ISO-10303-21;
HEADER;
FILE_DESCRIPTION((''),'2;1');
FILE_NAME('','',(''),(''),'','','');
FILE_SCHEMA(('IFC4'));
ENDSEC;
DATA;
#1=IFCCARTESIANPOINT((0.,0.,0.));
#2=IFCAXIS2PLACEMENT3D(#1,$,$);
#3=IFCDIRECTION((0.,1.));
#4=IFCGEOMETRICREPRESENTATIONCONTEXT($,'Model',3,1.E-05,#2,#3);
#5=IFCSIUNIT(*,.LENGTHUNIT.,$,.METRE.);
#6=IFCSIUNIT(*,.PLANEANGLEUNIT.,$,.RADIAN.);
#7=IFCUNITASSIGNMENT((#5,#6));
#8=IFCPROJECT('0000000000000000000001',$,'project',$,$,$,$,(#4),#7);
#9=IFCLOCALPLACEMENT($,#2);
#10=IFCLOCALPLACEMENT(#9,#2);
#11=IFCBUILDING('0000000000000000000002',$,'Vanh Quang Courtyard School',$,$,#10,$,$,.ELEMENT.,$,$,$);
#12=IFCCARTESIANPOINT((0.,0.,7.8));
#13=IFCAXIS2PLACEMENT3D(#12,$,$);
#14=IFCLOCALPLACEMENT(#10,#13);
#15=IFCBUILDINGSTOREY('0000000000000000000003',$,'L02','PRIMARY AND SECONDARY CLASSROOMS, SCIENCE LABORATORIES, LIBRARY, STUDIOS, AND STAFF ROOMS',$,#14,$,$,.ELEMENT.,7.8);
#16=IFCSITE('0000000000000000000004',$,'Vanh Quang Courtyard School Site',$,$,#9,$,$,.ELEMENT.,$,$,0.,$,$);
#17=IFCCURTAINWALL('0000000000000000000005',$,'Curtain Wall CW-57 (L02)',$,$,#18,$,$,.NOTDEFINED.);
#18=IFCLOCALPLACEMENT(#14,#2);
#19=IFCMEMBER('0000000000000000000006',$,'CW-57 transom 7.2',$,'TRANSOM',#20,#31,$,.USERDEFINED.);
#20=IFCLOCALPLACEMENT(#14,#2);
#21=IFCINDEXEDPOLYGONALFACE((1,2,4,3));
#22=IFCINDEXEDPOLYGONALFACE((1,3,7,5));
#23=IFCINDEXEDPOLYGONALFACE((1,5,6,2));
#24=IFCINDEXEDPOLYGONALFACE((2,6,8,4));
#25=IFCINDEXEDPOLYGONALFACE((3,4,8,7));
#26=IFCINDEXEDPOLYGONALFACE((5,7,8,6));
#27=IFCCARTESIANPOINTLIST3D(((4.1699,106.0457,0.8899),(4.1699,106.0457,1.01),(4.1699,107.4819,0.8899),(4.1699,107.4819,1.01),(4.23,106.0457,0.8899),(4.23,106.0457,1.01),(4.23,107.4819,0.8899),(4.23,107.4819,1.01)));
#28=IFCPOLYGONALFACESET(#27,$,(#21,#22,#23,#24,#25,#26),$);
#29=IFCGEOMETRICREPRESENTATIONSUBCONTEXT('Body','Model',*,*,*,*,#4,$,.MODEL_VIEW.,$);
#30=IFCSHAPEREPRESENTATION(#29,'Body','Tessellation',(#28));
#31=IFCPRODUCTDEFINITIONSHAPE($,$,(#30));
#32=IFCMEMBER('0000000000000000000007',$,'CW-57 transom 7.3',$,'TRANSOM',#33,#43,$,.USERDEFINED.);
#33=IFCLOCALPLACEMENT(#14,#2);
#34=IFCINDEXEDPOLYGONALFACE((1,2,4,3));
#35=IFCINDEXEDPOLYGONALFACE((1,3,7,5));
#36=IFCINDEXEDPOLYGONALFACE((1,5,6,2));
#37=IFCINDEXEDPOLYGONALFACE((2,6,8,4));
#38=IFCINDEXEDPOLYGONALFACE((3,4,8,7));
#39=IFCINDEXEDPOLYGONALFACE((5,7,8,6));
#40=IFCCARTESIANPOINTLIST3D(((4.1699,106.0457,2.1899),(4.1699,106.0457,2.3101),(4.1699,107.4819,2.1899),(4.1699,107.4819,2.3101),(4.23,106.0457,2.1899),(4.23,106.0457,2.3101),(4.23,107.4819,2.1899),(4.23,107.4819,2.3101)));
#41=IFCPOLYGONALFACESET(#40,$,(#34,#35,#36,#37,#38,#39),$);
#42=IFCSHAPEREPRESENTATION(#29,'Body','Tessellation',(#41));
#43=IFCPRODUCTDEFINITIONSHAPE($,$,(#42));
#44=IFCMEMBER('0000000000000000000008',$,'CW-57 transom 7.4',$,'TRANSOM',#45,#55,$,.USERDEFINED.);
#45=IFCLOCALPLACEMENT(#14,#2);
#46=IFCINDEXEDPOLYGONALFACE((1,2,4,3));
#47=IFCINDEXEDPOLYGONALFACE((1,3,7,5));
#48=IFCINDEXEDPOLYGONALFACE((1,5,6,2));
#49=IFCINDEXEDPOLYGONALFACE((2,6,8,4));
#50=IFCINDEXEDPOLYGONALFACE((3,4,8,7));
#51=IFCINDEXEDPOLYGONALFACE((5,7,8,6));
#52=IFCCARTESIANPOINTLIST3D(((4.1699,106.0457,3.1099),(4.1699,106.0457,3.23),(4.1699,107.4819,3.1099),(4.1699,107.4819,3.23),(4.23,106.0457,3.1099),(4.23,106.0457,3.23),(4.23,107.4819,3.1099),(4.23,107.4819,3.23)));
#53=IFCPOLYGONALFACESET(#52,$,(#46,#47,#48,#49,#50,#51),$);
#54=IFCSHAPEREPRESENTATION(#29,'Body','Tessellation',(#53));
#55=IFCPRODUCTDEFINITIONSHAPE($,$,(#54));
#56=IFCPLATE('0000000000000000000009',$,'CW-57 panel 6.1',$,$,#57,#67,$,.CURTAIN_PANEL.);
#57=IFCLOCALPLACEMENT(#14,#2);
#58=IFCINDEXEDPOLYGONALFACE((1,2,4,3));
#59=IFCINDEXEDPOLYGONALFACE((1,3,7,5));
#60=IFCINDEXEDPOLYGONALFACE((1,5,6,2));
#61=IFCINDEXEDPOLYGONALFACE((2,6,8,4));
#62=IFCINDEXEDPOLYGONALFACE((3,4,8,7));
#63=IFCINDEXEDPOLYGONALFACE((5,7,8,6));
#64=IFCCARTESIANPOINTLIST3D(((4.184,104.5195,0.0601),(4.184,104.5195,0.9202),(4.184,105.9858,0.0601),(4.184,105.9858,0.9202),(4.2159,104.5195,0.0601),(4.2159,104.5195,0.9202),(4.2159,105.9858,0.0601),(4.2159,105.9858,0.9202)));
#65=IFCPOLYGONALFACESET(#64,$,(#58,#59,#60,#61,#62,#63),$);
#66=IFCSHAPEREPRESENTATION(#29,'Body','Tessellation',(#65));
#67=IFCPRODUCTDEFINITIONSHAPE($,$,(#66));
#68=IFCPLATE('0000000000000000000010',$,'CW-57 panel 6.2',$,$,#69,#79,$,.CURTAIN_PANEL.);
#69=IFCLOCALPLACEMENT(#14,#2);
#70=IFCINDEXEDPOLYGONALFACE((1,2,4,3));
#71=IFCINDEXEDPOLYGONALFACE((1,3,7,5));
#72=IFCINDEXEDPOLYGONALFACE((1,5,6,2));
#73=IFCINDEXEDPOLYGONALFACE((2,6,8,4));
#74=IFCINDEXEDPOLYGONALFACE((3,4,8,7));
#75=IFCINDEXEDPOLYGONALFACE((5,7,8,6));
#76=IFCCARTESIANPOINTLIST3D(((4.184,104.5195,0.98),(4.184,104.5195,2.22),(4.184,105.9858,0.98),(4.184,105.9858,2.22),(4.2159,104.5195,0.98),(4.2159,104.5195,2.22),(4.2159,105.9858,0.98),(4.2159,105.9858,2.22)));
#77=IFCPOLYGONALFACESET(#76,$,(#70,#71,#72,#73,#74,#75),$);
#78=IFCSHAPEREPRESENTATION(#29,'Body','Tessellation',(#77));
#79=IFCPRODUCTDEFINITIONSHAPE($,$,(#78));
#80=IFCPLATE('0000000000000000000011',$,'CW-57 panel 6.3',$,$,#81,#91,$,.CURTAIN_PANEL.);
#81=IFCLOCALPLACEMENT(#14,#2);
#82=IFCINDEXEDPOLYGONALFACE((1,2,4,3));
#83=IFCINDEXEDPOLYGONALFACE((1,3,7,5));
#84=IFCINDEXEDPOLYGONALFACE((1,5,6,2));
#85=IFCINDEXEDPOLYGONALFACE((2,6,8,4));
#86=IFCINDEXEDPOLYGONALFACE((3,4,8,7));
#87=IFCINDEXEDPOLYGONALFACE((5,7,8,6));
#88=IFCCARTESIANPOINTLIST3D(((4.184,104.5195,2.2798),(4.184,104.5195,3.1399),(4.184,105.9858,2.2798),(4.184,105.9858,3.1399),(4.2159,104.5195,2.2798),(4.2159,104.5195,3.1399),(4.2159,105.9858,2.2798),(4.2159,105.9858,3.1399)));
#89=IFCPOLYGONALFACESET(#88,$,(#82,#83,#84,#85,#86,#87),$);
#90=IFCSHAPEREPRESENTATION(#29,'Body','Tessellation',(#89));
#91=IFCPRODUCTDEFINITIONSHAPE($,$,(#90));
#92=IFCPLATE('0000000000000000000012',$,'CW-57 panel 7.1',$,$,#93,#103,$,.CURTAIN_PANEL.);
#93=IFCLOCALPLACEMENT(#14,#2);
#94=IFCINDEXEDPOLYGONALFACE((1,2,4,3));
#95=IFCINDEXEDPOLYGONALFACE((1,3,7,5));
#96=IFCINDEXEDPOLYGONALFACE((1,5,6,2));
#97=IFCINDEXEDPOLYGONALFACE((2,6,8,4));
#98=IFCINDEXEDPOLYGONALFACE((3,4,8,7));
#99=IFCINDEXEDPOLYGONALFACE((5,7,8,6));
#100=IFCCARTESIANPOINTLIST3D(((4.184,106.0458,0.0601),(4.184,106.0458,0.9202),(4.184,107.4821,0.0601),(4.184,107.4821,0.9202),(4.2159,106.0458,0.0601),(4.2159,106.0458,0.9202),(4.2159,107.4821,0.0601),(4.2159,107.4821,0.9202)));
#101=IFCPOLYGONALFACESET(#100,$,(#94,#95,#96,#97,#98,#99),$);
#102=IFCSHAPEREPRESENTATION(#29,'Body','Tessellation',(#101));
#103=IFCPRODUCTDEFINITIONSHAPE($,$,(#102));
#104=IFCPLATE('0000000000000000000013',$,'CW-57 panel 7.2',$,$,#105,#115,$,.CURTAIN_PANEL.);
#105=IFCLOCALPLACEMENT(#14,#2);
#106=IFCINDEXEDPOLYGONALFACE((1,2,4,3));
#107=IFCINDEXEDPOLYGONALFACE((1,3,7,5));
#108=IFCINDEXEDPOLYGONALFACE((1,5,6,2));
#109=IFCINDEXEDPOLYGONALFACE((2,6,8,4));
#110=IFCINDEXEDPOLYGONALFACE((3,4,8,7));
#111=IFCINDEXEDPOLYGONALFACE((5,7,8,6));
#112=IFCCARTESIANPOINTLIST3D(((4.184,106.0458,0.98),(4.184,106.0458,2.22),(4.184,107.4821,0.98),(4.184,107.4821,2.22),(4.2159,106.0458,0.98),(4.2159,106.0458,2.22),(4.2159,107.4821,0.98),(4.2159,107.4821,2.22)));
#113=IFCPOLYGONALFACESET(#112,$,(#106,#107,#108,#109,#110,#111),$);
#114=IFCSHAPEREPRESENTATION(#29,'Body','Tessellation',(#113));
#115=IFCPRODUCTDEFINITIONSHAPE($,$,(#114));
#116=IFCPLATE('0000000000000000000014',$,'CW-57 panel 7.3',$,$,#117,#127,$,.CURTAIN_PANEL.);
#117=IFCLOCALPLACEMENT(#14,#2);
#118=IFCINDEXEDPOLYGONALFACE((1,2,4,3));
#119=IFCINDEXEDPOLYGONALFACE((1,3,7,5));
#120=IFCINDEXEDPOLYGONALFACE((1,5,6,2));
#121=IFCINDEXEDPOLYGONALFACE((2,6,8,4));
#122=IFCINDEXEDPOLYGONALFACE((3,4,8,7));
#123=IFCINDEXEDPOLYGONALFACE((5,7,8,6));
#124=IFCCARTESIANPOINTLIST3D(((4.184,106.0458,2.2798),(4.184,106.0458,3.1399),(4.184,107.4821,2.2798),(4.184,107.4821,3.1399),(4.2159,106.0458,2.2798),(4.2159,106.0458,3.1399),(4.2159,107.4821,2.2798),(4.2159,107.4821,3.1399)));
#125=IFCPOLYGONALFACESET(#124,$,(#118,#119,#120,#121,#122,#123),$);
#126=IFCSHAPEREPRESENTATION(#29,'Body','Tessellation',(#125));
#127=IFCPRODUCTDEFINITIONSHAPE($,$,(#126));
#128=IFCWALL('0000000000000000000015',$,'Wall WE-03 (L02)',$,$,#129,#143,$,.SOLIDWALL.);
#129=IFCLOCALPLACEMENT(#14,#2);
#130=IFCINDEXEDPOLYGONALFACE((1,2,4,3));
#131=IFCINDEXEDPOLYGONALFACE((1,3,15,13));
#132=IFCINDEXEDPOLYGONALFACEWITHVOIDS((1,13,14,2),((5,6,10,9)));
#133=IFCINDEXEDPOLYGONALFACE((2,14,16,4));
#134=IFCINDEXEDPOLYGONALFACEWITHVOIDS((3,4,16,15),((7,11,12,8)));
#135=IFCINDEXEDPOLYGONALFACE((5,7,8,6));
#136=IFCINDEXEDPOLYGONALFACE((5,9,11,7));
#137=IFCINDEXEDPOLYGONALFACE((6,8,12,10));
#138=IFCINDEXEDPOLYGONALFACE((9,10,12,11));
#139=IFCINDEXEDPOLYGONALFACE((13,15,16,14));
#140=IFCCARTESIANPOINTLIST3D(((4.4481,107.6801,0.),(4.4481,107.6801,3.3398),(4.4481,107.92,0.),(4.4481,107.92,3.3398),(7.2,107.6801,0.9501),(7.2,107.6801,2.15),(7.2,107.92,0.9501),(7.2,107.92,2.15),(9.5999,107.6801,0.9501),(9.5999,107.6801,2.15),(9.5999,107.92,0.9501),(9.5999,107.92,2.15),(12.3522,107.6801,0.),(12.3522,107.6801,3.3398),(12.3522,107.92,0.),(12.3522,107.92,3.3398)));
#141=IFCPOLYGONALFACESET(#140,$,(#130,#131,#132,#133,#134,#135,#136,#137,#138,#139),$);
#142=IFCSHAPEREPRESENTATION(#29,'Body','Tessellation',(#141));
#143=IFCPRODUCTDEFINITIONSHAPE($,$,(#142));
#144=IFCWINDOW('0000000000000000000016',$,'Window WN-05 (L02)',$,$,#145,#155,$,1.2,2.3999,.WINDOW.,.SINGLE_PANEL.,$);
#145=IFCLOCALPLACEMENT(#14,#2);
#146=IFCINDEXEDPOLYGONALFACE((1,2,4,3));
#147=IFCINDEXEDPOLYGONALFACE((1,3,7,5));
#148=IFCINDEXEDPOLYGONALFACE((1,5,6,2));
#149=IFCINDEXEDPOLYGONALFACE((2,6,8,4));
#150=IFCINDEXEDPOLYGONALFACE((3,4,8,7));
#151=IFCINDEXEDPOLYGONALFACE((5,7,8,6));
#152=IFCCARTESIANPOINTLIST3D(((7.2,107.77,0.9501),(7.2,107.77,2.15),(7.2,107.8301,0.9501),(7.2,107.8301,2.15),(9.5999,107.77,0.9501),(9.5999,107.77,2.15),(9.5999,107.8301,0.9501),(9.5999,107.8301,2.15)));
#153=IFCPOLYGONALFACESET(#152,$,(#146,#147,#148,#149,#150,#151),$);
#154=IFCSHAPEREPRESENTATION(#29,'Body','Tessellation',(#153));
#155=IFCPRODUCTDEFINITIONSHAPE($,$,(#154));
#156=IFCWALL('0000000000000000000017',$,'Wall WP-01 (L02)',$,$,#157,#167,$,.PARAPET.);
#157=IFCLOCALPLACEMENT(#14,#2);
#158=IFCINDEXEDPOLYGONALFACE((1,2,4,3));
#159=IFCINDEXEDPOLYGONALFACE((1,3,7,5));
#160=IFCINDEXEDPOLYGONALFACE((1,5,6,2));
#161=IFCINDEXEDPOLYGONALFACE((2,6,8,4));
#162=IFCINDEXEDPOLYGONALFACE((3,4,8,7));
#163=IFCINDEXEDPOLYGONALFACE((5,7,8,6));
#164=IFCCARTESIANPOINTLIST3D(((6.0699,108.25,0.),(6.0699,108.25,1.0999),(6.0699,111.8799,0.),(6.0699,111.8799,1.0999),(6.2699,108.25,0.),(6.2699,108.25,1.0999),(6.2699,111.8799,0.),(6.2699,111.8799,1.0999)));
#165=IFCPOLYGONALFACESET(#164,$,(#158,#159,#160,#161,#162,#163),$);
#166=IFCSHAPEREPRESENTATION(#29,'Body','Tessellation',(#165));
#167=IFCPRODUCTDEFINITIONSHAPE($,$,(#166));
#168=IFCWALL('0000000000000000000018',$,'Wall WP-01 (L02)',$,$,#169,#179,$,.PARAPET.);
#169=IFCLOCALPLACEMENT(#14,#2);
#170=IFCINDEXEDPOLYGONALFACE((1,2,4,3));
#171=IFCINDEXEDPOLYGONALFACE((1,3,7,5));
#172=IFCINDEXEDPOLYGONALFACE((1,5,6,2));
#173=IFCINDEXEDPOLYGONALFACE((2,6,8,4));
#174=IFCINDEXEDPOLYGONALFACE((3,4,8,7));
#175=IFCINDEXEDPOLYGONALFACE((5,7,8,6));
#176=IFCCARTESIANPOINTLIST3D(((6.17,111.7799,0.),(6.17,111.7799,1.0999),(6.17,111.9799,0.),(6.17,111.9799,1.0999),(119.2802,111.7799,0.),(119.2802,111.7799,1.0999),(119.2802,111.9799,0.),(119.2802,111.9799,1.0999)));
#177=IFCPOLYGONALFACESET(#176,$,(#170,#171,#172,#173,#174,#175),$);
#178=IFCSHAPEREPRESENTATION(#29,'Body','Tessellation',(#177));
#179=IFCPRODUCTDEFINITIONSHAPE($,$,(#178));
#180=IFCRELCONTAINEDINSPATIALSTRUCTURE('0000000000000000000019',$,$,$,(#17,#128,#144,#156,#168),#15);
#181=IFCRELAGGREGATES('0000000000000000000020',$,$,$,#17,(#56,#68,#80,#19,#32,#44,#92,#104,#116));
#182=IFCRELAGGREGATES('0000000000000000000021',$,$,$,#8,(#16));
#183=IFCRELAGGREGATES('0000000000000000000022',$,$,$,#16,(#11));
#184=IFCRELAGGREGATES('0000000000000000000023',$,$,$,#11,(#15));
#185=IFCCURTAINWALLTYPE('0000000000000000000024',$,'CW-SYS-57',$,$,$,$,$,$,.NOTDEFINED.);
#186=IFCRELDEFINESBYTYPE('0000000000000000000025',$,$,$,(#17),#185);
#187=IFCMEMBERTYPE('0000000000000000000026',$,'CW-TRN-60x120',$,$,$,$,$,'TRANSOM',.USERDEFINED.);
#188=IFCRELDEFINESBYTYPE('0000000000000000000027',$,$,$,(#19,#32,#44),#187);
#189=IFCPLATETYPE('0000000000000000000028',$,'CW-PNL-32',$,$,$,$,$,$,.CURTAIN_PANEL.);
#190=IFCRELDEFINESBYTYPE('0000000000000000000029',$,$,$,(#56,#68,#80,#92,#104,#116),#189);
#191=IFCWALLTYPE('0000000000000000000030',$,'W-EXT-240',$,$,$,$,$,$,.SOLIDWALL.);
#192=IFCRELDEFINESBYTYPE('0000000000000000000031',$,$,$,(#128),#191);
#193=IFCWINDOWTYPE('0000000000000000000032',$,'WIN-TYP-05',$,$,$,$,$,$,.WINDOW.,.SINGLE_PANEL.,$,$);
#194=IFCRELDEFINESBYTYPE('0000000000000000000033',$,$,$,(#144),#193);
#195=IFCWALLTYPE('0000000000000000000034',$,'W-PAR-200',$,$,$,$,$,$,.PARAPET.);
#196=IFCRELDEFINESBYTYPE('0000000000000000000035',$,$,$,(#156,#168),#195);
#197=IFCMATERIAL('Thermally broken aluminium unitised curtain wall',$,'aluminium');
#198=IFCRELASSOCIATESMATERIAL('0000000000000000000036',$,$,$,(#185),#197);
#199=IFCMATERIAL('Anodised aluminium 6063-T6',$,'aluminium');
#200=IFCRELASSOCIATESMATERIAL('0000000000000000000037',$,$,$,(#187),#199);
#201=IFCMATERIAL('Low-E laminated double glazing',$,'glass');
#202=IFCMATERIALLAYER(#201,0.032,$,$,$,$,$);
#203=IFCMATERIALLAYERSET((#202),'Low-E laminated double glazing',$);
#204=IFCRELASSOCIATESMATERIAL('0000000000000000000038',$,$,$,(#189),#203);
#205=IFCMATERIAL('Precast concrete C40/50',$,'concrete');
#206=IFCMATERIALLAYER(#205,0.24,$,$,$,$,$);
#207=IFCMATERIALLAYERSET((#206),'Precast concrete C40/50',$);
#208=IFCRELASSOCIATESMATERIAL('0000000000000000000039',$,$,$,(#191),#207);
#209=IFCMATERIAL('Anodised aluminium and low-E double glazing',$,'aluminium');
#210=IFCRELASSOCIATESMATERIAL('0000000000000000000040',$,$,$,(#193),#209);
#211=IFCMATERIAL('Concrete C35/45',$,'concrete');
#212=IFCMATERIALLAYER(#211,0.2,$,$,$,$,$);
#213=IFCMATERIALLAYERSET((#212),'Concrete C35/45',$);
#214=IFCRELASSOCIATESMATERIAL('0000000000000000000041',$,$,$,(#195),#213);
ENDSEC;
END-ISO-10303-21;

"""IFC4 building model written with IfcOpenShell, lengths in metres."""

from ifc_helpers import new_model, si_unit, direction, frame, frame_2d, origin, origin_2d, place, context, subcontext, project, spatial, rectangle, extrude, material, layer, layer_set, material_profile, profile_set, type_object, element, fill, aggregate, save


model = new_model("IFC4")

# Units and contexts
model_context = context("Model", 3, precision=1e-05, world=origin(), true_north=direction((0.0, 1.0)))
body_context = subcontext(model_context, "Body", "Model", "MODEL_VIEW")
ifc_project = project(units=[si_unit("LENGTHUNIT", "METRE"), si_unit("PLANEANGLEUNIT", "RADIAN")], contexts=[model_context])

# Site, building, storey
site_placement = place(None, origin())
site = spatial("IfcSite", under=ifc_project, at=site_placement, Name="Vanh Quang Courtyard School Site", CompositionType="ELEMENT", RefElevation=0.0)
building_placement = place(site_placement, origin())
building = spatial("IfcBuilding", under=site, at=building_placement, Name="Vanh Quang Courtyard School", CompositionType="ELEMENT")
storey_placement = place(building_placement, frame((0.0, 0.0, 7.8)))
storey = spatial("IfcBuildingStorey", under=building, at=storey_placement, Name="L02", Description="PRIMARY AND SECONDARY CLASSROOMS, SCIENCE LABORATORIES, LIBRARY, STUDIOS, AND STAFF ROOMS", CompositionType="ELEMENT", Elevation=7.8)

# Shared definitions
ifc_material_1 = material(Name="Concrete C35/45", Category="concrete")

# Curtain wall, members, plates
ifc_material_2 = material(Name="Thermally broken aluminium unitised curtain wall", Category="aluminium")
curtain_wall_type = type_object("IfcCurtainWallType", Name="CW-SYS-57", PredefinedType="NOTDEFINED", material=ifc_material_2)
curtain_wall_placement = place(storey_placement, origin())
curtain_wall = element("IfcCurtainWall", 1, at=curtain_wall_placement, inside=storey, type_object=curtain_wall_type, Name="Curtain Wall CW-57 (L02)", PredefinedType="NOTDEFINED")
ifc_material_3 = material(Name="Anodised aluminium 6063-T6", Category="aluminium")
ifc_material_profile_1 = material_profile(ifc_material_3, rectangle(XDim=0.0601, YDim=0.1201, at=origin_2d()), Name="ALU-TRN 60x120")
ifc_profile_set_1 = profile_set([ifc_material_profile_1], Name="Anodised aluminium 6063-T6")
member_type_1 = type_object("IfcMemberType", Name="CW-TRN-60x120", ElementType="TRANSOM", PredefinedType="USERDEFINED", material=ifc_profile_set_1)
member_1_placement = place(storey_placement, frame((4.2, 106.0457, 0.95), z_axis=(0.0, 1.0, 0.0), x_axis=(-1.0, 0.0, 0.0)))
member_1 = element("IfcMember", 2, at=member_1_placement, type_object=member_type_1, Name="CW-57 transom 7.2", ObjectType="TRANSOM", PredefinedType="USERDEFINED", context=body_context, shape_type="SweptSolid", body=[
    extrude(rectangle(XDim=0.0601, YDim=0.1201, at=origin_2d()), origin(), (0.0, 0.0, 1.0), 1.4363),
])
member_2_placement = place(storey_placement, frame((4.2, 106.0457, 2.25), z_axis=(0.0, 1.0, 0.0), x_axis=(-1.0, 0.0, 0.0)))
member_2 = element("IfcMember", 3, at=member_2_placement, type_object=member_type_1, Name="CW-57 transom 7.3", ObjectType="TRANSOM", PredefinedType="USERDEFINED", context=body_context, shape_type="SweptSolid", body=[
    extrude(rectangle(XDim=0.0601, YDim=0.1201, at=origin_2d()), origin(), (0.0, 0.0, 1.0), 1.4363),
])
member_3_placement = place(storey_placement, frame((4.2, 106.0457, 3.1699), z_axis=(0.0, 1.0, 0.0), x_axis=(-1.0, 0.0, 0.0)))
member_3 = element("IfcMember", 4, at=member_3_placement, type_object=member_type_1, Name="CW-57 transom 7.4", ObjectType="TRANSOM", PredefinedType="USERDEFINED", context=body_context, shape_type="SweptSolid", body=[
    extrude(rectangle(XDim=0.0601, YDim=0.1201, at=origin_2d()), origin(), (0.0, 0.0, 1.0), 1.4363),
])
ifc_material_4 = material(Name="Low-E laminated double glazing", Category="glass")
ifc_layer_1 = layer(ifc_material_4, 0.032)
ifc_layer_set_1 = layer_set([ifc_layer_1], Name="Low-E laminated double glazing")
plate_type = type_object("IfcPlateType", Name="CW-PNL-32", PredefinedType="CURTAIN_PANEL", material=ifc_layer_set_1)
plate_1_placement = place(storey_placement, frame((4.2, 105.2527, 0.0601), z_axis=(0.0, 0.0, 1.0), x_axis=(0.0, 1.0, 0.0)))
plate_1 = element("IfcPlate", 5, at=plate_1_placement, type_object=plate_type, Name="CW-57 panel 6.1", PredefinedType="CURTAIN_PANEL", context=body_context, shape_type="SweptSolid", body=[
    extrude(rectangle(XDim=1.4663, YDim=0.032, at=origin_2d()), origin(), (0.0, 0.0, 1.0), 0.8601),
])
plate_2_placement = place(storey_placement, frame((4.2, 105.2527, 0.98), z_axis=(0.0, 0.0, 1.0), x_axis=(0.0, 1.0, 0.0)))
plate_2 = element("IfcPlate", 6, at=plate_2_placement, type_object=plate_type, Name="CW-57 panel 6.2", PredefinedType="CURTAIN_PANEL", context=body_context, shape_type="SweptSolid", body=[
    extrude(rectangle(XDim=1.4663, YDim=0.032, at=origin_2d()), origin(), (0.0, 0.0, 1.0), 1.24),
])
plate_3_placement = place(storey_placement, frame((4.2, 105.2527, 2.2798), z_axis=(0.0, 0.0, 1.0), x_axis=(0.0, 1.0, 0.0)))
plate_3 = element("IfcPlate", 7, at=plate_3_placement, type_object=plate_type, Name="CW-57 panel 6.3", PredefinedType="CURTAIN_PANEL", context=body_context, shape_type="SweptSolid", body=[
    extrude(rectangle(XDim=1.4663, YDim=0.032, at=origin_2d()), origin(), (0.0, 0.0, 1.0), 0.8601),
])
plate_4_placement = place(storey_placement, frame((4.2, 106.7639, 0.0601), z_axis=(0.0, 0.0, 1.0), x_axis=(0.0, 1.0, 0.0)))
plate_4 = element("IfcPlate", 8, at=plate_4_placement, type_object=plate_type, Name="CW-57 panel 7.1", PredefinedType="CURTAIN_PANEL", context=body_context, shape_type="SweptSolid", body=[
    extrude(rectangle(XDim=1.4363, YDim=0.032, at=origin_2d()), origin(), (0.0, 0.0, 1.0), 0.8601),
])
plate_5_placement = place(storey_placement, frame((4.2, 106.7639, 0.98), z_axis=(0.0, 0.0, 1.0), x_axis=(0.0, 1.0, 0.0)))
plate_5 = element("IfcPlate", 9, at=plate_5_placement, type_object=plate_type, Name="CW-57 panel 7.2", PredefinedType="CURTAIN_PANEL", context=body_context, shape_type="SweptSolid", body=[
    extrude(rectangle(XDim=1.4363, YDim=0.032, at=origin_2d()), origin(), (0.0, 0.0, 1.0), 1.24),
])
plate_6_placement = place(storey_placement, frame((4.2, 106.7639, 2.2798), z_axis=(0.0, 0.0, 1.0), x_axis=(0.0, 1.0, 0.0)))
plate_6 = element("IfcPlate", 10, at=plate_6_placement, type_object=plate_type, Name="CW-57 panel 7.3", PredefinedType="CURTAIN_PANEL", context=body_context, shape_type="SweptSolid", body=[
    extrude(rectangle(XDim=1.4363, YDim=0.032, at=origin_2d()), origin(), (0.0, 0.0, 1.0), 0.8601),
])
aggregate(curtain_wall, [plate_1, plate_2, plate_3, member_1, member_2, member_3, plate_4, plate_5, plate_6])

# Wall, opening, window
ifc_material_5 = material(Name="Precast concrete C40/50", Category="concrete")
ifc_layer_2 = layer(ifc_material_5, 0.24)
ifc_layer_set_2 = layer_set([ifc_layer_2], Name="Precast concrete C40/50")
wall_type_1 = type_object("IfcWallType", Name="W-EXT-240", PredefinedType="SOLIDWALL", material=ifc_layer_set_2)
wall_1_placement = place(storey_placement, frame((4.448, 107.8, 0.0), z_axis=(0.0, 0.0, 1.0), x_axis=(1.0, 0.0, 0.0)))
wall_1 = element("IfcWall", 11, at=wall_1_placement, inside=storey, type_object=wall_type_1, Name="Wall WE-03 (L02)", PredefinedType="SOLIDWALL", context=body_context, shape_type="SweptSolid", body=[
    extrude(rectangle(XDim=7.9041, YDim=0.24, at=frame_2d((3.9521, 0.0))), origin(), (0.0, 0.0, 1.0), 3.3398),
])
opening_placement = place(wall_1_placement, frame((2.752, 0.0, 0.95)))
opening = element("IfcOpeningElement", 12, at=opening_placement, cuts=wall_1, PredefinedType="OPENING", context=body_context, shape_type="SweptSolid", body=[
    extrude(rectangle(XDim=2.3999, YDim=1.2, at=frame_2d((1.2, 0.6001))), frame((0.0, 0.1299, 0.0), z_axis=(0.0, -1.0, 0.0), x_axis=(1.0, 0.0, 0.0)), (0.0, 0.0, 1.0), 0.26),
])
ifc_material_6 = material(Name="Anodised aluminium and low-E double glazing", Category="aluminium")
window_type = type_object("IfcWindowType", Name="WIN-TYP-05", PartitioningType="SINGLE_PANEL", PredefinedType="WINDOW", material=ifc_material_6)
window_placement = place(opening_placement, origin())
window = element("IfcWindow", 13, at=window_placement, inside=storey, type_object=window_type, Name="Window WN-05 (L02)", OverallHeight=1.2, OverallWidth=2.3999, PartitioningType="SINGLE_PANEL", PredefinedType="WINDOW", context=body_context, shape_type="SweptSolid", body=[
    extrude(rectangle(XDim=2.3999, YDim=1.2, at=frame_2d((1.2, 0.6001))), frame((0.0, 0.03, 0.0), z_axis=(0.0, -1.0, 0.0), x_axis=(1.0, 0.0, 0.0)), (0.0, 0.0, 1.0), 0.0601),
])
fill(opening, window)

# Walls
ifc_layer_3 = layer(ifc_material_1, 0.2)
ifc_layer_set_3 = layer_set([ifc_layer_3], Name="Concrete C35/45")
wall_type_2 = type_object("IfcWallType", Name="W-PAR-200", PredefinedType="PARAPET", material=ifc_layer_set_3)
wall_2_placement = place(storey_placement, frame((6.1699, 108.25, 0.0), z_axis=(0.0, 0.0, 1.0), x_axis=(0.0, 1.0, 0.0)))
element("IfcWall", 14, at=wall_2_placement, inside=storey, type_object=wall_type_2, Name="Wall WP-01 (L02)", PredefinedType="PARAPET", context=body_context, shape_type="SweptSolid", body=[
    extrude(rectangle(XDim=3.6299, YDim=0.2, at=frame_2d((1.8149, 0.0))), origin(), (0.0, 0.0, 1.0), 1.0999),
])
wall_3_placement = place(storey_placement, frame((6.1699, 111.8799, 0.0), z_axis=(0.0, 0.0, 1.0), x_axis=(1.0, 0.0, 0.0)))
element("IfcWall", 15, at=wall_3_placement, inside=storey, type_object=wall_type_2, Name="Wall WP-01 (L02)", PredefinedType="PARAPET", context=body_context, shape_type="SweptSolid", body=[
    extrude(rectangle(XDim=113.1101, YDim=0.2, at=frame_2d((56.5552, 0.0))), origin(), (0.0, 0.0, 1.0), 1.0999),
])

save(model, "model.ifc")
